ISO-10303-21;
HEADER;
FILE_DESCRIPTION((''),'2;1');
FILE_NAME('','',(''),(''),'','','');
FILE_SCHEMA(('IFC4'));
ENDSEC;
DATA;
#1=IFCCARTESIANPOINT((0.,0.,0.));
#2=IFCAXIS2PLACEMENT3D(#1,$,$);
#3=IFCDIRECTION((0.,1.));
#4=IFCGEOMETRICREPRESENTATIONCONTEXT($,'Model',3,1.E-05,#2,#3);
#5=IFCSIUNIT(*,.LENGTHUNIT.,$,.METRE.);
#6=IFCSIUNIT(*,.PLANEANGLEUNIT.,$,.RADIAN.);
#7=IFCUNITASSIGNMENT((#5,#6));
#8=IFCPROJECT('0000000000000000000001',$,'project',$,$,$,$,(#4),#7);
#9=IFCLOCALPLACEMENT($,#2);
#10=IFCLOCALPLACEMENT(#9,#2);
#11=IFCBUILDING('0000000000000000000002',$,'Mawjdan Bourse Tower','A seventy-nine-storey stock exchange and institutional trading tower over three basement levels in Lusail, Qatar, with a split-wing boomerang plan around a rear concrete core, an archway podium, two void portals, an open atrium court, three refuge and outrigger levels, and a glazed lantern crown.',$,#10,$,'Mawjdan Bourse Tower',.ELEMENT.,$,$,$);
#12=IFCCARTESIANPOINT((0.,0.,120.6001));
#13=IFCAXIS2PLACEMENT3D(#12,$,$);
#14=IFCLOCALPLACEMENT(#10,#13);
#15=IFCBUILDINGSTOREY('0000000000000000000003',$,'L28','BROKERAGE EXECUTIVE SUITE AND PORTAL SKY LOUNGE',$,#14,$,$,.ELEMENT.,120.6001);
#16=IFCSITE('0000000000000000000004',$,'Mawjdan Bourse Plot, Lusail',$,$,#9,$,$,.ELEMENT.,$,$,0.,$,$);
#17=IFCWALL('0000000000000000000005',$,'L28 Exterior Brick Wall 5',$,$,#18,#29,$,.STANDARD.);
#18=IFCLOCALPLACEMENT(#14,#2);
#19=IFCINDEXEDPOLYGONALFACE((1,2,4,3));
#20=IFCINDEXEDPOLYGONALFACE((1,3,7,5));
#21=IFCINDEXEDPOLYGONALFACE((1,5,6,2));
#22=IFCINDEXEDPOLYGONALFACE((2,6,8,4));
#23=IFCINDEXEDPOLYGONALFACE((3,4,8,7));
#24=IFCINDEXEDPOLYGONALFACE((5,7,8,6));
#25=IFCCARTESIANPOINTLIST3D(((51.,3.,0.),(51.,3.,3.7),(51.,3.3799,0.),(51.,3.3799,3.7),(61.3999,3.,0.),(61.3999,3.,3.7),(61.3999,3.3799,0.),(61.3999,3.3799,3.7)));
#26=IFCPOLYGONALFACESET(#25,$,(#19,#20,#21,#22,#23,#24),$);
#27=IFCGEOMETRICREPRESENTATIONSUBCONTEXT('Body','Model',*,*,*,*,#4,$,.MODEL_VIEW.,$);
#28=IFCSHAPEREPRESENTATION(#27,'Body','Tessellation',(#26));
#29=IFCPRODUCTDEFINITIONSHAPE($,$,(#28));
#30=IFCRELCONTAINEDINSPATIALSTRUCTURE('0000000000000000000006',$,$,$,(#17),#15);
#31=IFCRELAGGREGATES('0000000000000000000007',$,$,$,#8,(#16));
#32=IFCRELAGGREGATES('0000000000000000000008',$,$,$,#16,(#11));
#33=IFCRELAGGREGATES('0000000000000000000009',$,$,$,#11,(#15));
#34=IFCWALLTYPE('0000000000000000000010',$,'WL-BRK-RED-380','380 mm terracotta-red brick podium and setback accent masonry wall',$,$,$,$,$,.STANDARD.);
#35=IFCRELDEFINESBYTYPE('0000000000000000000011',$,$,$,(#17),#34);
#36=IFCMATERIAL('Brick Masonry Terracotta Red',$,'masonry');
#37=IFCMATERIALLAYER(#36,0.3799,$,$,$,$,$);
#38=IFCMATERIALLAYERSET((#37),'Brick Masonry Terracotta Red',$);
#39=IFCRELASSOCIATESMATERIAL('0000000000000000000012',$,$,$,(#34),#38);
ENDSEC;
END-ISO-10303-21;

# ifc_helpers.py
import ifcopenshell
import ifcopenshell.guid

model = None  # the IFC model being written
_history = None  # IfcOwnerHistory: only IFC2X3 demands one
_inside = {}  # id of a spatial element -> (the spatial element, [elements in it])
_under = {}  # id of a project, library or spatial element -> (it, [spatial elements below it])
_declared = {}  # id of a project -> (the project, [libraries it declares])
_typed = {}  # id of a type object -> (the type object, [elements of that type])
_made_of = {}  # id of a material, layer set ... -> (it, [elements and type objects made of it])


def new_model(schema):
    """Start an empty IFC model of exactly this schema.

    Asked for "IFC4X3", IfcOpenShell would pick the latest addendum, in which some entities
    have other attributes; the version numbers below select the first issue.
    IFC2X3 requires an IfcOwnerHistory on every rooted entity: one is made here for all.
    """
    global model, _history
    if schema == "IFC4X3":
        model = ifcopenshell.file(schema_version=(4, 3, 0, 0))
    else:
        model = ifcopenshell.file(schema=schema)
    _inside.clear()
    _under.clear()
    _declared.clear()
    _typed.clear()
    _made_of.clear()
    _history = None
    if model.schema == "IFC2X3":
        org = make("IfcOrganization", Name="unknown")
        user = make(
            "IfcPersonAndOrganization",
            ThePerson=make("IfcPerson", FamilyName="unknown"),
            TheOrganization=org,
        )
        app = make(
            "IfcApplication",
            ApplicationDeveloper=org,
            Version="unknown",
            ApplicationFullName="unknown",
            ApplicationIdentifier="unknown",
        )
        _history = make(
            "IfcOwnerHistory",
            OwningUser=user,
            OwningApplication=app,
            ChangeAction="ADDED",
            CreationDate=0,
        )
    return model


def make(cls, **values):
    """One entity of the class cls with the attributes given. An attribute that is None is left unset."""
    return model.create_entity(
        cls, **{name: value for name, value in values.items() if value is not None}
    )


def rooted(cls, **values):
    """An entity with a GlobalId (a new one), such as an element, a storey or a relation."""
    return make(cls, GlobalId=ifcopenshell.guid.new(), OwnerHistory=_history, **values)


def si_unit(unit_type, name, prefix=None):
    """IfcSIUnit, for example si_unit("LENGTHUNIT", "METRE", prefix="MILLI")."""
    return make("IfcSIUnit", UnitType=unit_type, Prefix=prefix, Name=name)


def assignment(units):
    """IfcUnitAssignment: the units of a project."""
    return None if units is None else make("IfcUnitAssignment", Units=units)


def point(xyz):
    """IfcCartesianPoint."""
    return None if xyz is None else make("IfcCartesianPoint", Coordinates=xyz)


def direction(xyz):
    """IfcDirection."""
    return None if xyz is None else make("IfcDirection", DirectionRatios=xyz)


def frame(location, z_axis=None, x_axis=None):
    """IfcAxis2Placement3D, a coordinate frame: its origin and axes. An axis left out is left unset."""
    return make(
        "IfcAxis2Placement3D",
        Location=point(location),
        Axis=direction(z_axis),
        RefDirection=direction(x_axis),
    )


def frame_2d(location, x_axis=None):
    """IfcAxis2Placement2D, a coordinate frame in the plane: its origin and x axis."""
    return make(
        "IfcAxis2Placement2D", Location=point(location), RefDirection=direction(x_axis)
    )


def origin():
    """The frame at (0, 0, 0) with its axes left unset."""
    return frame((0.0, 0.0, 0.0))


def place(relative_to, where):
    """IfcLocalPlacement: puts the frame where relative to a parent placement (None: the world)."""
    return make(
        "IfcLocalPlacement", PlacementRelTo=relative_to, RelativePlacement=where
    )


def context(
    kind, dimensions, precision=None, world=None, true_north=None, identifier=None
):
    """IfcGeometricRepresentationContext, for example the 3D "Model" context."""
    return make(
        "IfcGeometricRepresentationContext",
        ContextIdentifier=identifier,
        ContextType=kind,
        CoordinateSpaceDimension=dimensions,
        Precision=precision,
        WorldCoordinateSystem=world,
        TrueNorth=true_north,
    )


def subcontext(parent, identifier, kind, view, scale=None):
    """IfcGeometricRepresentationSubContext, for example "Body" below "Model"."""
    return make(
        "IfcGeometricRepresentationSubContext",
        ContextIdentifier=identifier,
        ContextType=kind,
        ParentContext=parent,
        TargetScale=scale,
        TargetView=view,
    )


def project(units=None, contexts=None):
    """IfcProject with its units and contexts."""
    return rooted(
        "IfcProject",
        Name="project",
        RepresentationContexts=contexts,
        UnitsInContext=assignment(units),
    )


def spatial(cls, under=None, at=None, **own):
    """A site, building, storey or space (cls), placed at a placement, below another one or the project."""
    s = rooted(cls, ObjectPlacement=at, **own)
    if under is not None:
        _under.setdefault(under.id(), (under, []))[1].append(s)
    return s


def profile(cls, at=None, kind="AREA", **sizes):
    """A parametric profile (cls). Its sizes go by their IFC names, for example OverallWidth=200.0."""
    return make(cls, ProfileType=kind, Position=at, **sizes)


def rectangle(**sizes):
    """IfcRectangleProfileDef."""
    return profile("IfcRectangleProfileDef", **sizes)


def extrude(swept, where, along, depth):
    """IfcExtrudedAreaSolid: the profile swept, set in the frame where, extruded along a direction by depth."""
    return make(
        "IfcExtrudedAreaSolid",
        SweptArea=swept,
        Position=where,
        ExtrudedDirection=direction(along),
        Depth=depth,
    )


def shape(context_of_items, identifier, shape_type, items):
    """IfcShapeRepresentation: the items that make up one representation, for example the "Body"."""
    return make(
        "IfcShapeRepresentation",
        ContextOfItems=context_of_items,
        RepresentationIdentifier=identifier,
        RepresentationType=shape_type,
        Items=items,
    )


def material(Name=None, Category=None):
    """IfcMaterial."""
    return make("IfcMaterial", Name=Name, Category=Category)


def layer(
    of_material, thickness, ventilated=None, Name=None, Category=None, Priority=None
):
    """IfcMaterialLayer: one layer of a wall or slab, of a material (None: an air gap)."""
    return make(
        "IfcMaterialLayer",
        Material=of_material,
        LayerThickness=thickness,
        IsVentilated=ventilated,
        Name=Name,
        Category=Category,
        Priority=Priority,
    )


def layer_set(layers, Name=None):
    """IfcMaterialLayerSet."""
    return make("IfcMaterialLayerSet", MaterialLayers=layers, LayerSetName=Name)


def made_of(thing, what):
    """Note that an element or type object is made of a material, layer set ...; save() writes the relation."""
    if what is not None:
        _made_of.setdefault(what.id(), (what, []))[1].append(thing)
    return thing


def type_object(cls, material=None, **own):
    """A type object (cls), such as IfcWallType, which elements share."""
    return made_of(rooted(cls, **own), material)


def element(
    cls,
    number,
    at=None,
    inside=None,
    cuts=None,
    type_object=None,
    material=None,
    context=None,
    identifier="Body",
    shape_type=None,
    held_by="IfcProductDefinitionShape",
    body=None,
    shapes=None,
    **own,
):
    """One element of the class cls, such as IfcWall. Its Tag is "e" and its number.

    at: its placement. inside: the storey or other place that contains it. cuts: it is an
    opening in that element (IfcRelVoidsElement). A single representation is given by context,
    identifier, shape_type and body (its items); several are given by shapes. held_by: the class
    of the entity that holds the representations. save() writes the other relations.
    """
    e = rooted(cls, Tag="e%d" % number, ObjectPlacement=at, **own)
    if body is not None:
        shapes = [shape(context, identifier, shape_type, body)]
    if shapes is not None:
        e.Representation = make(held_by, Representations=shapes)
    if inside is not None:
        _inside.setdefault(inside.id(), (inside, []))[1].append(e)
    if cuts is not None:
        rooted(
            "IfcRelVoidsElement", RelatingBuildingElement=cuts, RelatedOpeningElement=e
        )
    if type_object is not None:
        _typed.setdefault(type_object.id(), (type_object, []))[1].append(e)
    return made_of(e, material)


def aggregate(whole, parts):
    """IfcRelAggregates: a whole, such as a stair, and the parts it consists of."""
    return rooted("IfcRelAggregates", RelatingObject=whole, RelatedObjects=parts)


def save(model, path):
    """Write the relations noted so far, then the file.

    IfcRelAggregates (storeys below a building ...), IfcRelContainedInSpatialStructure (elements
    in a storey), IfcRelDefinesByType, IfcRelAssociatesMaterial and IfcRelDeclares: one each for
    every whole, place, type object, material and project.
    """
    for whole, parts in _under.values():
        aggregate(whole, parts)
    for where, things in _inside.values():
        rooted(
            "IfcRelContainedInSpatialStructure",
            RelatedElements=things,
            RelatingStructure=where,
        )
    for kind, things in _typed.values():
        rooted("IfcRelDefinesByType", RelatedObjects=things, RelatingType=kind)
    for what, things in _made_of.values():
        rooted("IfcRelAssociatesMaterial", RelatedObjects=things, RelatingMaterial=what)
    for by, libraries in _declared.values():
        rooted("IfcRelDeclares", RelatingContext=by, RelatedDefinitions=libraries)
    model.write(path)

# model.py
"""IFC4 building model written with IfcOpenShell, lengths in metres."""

from ifc_helpers import new_model, si_unit, direction, frame, frame_2d, origin, place, context, subcontext, project, spatial, rectangle, extrude, material, layer, layer_set, type_object, element, save


model = new_model("IFC4")

# Units and contexts
model_context = context("Model", 3, precision=1e-05, world=origin(), true_north=direction((0.0, 1.0)))
body_context = subcontext(model_context, "Body", "Model", "MODEL_VIEW")
ifc_project = project(units=[si_unit("LENGTHUNIT", "METRE"), si_unit("PLANEANGLEUNIT", "RADIAN")], contexts=[model_context])

# Site, building, storey
site_placement = place(None, origin())
site = spatial("IfcSite", under=ifc_project, at=site_placement, Name="Mawjdan Bourse Plot, Lusail", CompositionType="ELEMENT", RefElevation=0.0)
building_placement = place(site_placement, origin())
building = spatial("IfcBuilding", under=site, at=building_placement, Name="Mawjdan Bourse Tower", Description="A seventy-nine-storey stock exchange and institutional trading tower over three basement levels in Lusail, Qatar, with a split-wing boomerang plan around a rear concrete core, an archway podium, two void portals, an open atrium court, three refuge and outrigger levels, and a glazed lantern crown.", LongName="Mawjdan Bourse Tower", CompositionType="ELEMENT")
storey_placement = place(building_placement, frame((0.0, 0.0, 120.6001)))
storey = spatial("IfcBuildingStorey", under=building, at=storey_placement, Name="L28", Description="BROKERAGE EXECUTIVE SUITE AND PORTAL SKY LOUNGE", CompositionType="ELEMENT", Elevation=120.6001)

# Wall
ifc_material_1 = material(Name="Brick Masonry Terracotta Red", Category="masonry")
ifc_layer_1 = layer(ifc_material_1, 0.3799)
ifc_layer_set_1 = layer_set([ifc_layer_1], Name="Brick Masonry Terracotta Red")
wall_type = type_object("IfcWallType", Name="WL-BRK-RED-380", Description="380 mm terracotta-red brick podium and setback accent masonry wall", PredefinedType="STANDARD", material=ifc_layer_set_1)
wall_placement = place(storey_placement, frame((51.0, 3.1899, 0.0), z_axis=(0.0, 0.0, 1.0), x_axis=(1.0, 0.0, 0.0)))
element("IfcWall", 1, at=wall_placement, inside=storey, type_object=wall_type, Name="L28 Exterior Brick Wall 5", PredefinedType="STANDARD", context=body_context, shape_type="SweptSolid", body=[
    extrude(rectangle(XDim=10.3999, YDim=0.3799, at=frame_2d((5.2, 0.0))), origin(), (0.0, 0.0, 1.0), 3.7),
])

save(model, "model.ifc")
